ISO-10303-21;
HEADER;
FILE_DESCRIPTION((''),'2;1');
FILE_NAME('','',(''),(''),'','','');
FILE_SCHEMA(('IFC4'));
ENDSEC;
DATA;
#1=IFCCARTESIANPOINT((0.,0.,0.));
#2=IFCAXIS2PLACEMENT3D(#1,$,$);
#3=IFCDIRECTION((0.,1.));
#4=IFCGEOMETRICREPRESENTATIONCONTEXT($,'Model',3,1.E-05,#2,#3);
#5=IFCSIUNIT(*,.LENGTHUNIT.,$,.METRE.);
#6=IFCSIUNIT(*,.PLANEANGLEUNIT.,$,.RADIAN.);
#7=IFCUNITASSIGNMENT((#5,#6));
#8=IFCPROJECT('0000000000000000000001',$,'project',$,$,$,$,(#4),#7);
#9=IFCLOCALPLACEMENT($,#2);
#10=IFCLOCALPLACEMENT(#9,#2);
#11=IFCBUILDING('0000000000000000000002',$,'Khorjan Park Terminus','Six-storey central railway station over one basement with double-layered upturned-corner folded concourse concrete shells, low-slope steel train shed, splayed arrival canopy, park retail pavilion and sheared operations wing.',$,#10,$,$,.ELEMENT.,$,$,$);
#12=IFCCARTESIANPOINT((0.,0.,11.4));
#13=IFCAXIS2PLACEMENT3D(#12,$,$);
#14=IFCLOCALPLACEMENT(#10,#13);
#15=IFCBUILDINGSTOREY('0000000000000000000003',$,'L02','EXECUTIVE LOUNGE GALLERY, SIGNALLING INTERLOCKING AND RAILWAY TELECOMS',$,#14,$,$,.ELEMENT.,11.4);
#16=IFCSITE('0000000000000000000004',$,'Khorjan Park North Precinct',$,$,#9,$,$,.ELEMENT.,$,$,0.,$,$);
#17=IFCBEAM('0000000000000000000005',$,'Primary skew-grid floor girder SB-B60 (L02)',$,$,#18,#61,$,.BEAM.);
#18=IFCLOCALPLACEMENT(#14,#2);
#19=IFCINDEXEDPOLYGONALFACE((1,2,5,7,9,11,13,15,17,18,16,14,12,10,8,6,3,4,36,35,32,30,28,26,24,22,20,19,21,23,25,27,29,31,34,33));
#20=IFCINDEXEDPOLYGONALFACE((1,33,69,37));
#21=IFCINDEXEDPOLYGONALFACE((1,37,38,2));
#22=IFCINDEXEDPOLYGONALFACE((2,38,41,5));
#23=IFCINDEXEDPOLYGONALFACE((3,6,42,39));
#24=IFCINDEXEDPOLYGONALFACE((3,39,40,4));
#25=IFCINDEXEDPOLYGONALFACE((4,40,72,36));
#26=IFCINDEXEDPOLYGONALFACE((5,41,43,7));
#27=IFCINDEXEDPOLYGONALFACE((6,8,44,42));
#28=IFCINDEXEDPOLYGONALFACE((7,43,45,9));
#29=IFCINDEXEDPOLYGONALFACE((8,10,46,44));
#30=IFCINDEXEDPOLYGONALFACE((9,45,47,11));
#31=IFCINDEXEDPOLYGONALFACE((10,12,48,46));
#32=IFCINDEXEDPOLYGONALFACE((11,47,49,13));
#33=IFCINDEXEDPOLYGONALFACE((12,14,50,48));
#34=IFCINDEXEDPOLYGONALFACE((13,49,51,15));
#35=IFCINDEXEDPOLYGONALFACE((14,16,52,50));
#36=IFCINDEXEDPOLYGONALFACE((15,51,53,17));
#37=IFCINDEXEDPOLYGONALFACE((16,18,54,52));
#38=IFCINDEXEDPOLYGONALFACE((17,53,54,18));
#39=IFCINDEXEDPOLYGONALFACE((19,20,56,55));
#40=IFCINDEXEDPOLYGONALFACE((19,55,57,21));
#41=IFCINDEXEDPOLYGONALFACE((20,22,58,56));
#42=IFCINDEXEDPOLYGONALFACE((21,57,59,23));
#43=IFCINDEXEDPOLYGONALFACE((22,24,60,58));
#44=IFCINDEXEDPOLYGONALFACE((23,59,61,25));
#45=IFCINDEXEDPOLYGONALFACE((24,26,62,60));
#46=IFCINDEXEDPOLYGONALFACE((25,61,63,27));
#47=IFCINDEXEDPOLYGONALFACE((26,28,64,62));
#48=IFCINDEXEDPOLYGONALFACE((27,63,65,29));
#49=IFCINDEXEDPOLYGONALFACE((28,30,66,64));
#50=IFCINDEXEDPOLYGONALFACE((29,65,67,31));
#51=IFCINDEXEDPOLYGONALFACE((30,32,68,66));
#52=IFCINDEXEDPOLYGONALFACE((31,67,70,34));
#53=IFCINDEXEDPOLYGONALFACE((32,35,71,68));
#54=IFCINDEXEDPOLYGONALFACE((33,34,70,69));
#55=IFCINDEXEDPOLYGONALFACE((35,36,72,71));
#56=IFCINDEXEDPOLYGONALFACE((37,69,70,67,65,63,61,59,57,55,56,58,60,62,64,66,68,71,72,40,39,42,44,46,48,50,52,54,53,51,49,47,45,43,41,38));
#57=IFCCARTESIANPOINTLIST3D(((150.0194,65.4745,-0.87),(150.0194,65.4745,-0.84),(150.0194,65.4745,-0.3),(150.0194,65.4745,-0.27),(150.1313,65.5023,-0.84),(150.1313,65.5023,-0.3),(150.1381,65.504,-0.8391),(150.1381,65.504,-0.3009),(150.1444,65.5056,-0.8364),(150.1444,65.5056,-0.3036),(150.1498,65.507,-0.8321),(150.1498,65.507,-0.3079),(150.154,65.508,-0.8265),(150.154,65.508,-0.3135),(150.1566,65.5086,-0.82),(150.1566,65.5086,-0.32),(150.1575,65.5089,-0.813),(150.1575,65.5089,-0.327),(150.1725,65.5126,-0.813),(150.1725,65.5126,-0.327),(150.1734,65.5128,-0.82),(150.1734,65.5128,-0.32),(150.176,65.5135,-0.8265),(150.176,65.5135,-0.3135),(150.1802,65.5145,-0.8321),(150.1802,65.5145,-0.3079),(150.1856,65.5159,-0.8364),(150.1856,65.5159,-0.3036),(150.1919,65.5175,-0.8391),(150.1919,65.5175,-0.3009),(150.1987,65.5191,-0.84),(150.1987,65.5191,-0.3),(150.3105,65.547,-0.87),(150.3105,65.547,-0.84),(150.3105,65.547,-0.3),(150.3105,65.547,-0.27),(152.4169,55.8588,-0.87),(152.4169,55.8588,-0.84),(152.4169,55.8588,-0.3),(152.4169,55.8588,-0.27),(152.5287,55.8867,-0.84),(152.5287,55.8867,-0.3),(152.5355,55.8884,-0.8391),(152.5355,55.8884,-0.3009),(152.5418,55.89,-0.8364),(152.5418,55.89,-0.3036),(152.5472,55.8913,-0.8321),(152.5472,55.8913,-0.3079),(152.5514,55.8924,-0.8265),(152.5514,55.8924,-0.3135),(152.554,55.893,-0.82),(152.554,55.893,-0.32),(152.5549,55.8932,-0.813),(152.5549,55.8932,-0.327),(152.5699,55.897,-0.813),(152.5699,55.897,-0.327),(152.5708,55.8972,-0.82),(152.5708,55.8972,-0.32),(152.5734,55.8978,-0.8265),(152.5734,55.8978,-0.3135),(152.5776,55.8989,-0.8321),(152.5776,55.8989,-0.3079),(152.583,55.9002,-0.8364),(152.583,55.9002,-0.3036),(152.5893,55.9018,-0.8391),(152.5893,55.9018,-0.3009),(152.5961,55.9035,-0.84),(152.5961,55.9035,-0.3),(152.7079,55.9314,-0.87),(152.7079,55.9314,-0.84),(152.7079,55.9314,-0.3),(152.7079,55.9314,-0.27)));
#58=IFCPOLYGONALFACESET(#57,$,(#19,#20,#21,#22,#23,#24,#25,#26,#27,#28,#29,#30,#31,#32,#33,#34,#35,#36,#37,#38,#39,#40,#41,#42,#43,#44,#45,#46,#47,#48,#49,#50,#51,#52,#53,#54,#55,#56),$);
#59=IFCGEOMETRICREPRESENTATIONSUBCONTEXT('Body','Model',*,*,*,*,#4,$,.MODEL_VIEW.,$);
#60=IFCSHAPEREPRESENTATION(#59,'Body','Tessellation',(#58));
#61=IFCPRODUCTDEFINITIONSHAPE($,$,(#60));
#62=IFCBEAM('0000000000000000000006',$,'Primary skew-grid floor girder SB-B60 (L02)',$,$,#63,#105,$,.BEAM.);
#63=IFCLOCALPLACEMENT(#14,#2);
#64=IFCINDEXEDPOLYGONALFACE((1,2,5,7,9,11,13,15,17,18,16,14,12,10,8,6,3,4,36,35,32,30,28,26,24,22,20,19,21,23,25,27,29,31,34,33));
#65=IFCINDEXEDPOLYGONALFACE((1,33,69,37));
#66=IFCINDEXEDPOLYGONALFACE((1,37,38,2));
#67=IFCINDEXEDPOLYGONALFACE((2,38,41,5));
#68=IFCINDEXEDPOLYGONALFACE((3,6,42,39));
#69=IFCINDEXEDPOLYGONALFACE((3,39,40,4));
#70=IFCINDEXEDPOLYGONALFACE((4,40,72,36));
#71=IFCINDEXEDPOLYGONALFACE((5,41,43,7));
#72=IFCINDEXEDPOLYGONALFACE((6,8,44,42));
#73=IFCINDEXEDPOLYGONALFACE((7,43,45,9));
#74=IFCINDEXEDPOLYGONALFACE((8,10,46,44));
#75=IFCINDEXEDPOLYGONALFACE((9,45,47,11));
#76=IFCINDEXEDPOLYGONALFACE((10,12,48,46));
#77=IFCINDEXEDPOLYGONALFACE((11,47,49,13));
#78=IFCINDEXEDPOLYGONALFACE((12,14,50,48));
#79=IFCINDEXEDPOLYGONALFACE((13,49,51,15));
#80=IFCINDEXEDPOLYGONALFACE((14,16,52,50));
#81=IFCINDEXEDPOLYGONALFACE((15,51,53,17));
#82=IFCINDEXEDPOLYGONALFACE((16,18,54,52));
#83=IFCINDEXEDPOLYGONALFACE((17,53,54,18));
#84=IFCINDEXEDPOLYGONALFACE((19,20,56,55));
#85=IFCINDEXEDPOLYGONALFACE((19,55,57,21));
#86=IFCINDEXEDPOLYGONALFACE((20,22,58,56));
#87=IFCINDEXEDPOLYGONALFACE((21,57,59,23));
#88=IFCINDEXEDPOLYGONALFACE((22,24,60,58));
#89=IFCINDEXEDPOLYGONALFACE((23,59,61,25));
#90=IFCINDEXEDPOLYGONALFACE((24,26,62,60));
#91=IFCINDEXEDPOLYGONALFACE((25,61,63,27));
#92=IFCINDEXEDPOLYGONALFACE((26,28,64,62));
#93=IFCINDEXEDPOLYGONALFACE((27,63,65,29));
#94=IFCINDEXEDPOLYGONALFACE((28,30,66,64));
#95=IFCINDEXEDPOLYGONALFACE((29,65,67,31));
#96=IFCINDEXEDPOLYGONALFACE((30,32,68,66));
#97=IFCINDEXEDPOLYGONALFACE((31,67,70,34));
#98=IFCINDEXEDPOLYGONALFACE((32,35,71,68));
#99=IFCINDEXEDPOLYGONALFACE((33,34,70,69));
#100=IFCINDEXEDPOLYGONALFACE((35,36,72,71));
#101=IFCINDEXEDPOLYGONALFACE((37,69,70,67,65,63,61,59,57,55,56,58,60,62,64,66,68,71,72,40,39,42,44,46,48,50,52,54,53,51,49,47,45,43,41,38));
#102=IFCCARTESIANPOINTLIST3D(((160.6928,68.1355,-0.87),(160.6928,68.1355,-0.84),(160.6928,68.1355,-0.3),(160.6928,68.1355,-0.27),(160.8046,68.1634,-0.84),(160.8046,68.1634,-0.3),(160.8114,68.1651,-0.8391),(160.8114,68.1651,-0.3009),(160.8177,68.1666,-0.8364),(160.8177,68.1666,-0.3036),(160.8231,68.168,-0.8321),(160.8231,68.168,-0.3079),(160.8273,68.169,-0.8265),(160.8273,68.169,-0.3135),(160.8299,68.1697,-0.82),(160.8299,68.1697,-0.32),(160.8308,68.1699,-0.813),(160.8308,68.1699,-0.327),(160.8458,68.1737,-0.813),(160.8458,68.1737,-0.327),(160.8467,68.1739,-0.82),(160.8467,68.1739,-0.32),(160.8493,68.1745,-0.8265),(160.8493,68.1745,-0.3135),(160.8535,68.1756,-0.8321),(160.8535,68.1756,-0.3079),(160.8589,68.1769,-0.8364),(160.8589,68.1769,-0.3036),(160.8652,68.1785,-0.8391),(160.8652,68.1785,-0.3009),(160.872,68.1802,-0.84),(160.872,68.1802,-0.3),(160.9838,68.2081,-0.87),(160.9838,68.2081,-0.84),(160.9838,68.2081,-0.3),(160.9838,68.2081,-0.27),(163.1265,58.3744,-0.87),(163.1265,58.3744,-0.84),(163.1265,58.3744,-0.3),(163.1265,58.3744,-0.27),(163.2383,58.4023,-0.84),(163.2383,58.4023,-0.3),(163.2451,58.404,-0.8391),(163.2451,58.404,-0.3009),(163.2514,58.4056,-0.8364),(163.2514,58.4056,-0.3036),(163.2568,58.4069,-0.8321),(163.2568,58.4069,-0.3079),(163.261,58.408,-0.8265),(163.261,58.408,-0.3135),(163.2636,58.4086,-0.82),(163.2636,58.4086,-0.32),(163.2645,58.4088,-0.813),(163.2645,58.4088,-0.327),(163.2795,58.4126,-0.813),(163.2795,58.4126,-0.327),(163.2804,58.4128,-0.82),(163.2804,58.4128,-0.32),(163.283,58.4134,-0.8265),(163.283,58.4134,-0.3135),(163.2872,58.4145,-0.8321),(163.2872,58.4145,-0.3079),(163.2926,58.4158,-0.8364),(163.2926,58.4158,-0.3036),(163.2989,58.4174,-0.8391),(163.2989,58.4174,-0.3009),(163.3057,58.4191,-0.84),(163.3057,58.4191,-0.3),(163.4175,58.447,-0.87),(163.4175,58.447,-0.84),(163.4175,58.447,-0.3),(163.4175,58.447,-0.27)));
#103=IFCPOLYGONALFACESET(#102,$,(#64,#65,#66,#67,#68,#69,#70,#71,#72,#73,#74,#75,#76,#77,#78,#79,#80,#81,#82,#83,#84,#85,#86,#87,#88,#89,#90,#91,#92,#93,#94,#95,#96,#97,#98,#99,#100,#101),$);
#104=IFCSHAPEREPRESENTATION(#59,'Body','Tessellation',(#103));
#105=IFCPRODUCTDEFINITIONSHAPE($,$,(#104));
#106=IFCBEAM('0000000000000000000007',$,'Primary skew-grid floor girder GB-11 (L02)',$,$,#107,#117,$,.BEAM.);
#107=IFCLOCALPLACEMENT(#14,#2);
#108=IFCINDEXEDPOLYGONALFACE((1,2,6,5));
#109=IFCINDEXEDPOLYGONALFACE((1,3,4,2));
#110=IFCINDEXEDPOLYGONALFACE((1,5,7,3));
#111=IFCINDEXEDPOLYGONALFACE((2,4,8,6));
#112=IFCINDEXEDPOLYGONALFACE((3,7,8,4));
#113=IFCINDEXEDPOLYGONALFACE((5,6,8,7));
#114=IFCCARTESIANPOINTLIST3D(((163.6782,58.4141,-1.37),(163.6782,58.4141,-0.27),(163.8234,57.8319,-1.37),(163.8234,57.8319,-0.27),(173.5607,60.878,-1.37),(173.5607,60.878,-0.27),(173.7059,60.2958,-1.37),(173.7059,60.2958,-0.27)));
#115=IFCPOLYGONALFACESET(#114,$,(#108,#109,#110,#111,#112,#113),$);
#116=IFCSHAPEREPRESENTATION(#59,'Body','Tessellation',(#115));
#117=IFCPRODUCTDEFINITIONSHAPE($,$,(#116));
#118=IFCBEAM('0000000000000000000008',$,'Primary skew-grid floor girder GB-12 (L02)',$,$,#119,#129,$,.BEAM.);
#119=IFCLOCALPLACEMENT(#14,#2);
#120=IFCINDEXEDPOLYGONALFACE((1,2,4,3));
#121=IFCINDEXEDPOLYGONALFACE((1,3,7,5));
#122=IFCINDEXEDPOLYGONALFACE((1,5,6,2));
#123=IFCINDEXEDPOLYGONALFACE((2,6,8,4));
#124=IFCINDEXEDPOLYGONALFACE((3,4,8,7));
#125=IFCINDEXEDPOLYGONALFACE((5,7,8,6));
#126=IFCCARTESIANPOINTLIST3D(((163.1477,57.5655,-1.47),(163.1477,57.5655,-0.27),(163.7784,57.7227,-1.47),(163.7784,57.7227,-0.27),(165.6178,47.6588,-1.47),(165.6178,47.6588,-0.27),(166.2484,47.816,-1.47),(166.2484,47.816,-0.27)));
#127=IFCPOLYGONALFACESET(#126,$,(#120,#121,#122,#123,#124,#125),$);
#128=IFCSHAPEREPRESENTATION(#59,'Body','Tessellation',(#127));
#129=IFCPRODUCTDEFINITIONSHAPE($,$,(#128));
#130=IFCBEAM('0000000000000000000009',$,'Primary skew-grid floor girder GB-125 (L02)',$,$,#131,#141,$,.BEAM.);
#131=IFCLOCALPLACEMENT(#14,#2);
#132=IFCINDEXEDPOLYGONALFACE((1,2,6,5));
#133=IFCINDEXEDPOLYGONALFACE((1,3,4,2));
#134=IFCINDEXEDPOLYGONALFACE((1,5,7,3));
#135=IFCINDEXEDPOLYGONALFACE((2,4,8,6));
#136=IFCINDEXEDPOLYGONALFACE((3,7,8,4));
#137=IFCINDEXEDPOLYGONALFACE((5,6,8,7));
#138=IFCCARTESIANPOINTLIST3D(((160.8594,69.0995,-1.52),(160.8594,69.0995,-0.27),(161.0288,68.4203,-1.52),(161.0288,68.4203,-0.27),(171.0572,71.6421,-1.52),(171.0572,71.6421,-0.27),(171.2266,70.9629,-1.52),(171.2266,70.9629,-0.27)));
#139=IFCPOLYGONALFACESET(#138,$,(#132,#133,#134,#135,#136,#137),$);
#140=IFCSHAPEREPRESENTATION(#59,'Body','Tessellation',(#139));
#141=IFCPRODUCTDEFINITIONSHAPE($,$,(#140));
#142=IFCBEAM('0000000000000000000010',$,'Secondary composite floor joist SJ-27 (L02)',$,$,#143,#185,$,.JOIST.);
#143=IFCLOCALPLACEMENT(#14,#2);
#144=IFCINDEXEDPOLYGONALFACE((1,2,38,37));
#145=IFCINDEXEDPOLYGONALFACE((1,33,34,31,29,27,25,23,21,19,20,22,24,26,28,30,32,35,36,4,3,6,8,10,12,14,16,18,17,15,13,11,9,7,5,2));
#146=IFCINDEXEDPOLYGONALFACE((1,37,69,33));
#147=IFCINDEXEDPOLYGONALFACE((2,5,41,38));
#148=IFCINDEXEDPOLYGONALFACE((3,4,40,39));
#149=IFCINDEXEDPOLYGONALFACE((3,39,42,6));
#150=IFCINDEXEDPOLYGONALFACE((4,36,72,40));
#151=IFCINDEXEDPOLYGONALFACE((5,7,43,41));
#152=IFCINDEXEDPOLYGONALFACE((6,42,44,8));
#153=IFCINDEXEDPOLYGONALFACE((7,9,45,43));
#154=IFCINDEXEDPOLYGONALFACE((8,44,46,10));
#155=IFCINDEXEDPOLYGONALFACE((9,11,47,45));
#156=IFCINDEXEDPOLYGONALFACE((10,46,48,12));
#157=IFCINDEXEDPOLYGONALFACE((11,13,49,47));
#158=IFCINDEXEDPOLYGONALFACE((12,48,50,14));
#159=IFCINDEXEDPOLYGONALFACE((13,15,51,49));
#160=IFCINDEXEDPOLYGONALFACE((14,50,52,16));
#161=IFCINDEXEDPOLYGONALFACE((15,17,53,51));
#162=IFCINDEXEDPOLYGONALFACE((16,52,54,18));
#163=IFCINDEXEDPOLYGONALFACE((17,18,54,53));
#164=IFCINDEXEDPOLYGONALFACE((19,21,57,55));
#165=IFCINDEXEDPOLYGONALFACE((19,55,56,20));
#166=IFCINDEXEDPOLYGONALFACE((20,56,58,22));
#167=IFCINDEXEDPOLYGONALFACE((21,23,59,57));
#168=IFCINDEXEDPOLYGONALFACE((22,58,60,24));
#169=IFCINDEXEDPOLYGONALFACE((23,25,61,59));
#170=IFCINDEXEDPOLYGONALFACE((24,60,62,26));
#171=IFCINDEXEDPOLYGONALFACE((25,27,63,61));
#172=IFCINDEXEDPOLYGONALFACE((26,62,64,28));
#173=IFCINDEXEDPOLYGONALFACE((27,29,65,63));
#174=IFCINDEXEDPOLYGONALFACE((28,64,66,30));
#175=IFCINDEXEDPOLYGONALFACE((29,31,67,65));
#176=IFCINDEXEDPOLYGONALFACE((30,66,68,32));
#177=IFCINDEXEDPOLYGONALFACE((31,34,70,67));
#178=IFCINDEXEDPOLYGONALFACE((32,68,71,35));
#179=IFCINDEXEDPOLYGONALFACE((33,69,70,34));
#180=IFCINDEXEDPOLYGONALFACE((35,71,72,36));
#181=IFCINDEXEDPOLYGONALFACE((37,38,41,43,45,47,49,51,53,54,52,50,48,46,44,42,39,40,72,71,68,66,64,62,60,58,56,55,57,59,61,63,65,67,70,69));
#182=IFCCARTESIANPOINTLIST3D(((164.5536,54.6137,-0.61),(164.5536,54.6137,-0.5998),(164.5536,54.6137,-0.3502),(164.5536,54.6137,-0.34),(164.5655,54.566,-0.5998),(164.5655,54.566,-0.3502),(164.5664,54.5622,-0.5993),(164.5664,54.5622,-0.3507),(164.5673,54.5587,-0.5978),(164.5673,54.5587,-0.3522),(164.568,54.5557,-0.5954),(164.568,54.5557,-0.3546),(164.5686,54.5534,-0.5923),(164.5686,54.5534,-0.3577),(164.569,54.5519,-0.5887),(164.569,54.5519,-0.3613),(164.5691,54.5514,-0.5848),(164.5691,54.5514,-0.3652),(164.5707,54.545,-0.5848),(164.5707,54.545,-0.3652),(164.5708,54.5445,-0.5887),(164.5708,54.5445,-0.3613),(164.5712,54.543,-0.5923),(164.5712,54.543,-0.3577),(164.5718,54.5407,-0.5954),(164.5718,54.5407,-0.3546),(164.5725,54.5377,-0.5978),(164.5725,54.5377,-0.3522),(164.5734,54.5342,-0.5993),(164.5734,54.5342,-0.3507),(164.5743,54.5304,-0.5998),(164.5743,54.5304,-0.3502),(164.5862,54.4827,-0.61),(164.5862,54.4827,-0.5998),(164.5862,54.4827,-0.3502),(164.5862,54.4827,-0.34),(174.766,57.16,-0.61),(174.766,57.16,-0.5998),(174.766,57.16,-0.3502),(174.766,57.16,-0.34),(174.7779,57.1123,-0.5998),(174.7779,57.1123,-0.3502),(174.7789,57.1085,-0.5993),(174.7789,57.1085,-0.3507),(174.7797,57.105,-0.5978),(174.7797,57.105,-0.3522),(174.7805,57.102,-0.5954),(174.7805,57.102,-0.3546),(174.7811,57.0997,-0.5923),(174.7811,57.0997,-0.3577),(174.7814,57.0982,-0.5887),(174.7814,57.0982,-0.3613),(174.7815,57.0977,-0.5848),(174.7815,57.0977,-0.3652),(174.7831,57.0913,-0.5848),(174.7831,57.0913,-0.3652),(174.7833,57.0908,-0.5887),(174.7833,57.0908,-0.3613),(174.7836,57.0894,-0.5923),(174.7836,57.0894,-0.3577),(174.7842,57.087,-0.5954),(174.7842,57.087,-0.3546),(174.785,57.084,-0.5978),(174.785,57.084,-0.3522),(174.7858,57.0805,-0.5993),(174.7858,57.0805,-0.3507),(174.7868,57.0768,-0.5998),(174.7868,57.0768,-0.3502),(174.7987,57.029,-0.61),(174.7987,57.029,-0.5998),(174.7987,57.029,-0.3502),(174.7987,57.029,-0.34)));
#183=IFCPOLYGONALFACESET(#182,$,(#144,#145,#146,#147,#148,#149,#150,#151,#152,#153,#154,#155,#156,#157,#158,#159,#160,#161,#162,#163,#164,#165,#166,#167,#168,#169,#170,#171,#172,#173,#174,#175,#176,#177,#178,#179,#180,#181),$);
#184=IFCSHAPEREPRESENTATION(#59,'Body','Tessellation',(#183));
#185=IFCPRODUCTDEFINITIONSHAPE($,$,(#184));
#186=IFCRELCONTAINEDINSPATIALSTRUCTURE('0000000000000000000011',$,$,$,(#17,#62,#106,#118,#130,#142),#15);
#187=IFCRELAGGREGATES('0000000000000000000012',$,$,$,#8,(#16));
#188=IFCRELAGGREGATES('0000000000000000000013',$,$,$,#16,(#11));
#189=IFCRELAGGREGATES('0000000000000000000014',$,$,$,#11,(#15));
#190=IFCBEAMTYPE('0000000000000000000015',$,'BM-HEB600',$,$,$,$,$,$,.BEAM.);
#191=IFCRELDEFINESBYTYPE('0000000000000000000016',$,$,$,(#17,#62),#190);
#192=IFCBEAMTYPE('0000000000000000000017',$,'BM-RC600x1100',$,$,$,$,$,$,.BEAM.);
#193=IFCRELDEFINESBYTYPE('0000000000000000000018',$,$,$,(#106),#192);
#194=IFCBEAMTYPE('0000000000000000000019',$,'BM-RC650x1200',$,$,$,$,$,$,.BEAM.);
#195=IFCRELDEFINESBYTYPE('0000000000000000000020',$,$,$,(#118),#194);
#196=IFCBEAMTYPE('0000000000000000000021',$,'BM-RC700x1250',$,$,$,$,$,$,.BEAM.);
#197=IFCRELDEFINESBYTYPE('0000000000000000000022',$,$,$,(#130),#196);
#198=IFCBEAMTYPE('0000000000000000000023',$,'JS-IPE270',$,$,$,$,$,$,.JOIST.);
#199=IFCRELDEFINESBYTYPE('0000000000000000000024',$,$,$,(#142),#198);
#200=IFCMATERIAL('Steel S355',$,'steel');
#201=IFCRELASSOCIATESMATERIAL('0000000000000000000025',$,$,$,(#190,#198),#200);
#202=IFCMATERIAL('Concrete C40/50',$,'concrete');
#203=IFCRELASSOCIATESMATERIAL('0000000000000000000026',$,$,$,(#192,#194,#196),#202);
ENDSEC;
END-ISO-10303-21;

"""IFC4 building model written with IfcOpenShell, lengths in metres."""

from ifc_helpers import new_model, si_unit, direction, frame, origin, origin_2d, place, context, subcontext, project, spatial, rectangle, i_section, extrude, material, material_profile, profile_set, type_object, element, save


model = new_model("IFC4")

# Units and contexts
model_context = context("Model", 3, precision=1e-05, world=origin(), true_north=direction((0.0, 1.0)))
body_context = subcontext(model_context, "Body", "Model", "MODEL_VIEW")
ifc_project = project(units=[si_unit("LENGTHUNIT", "METRE"), si_unit("PLANEANGLEUNIT", "RADIAN")], contexts=[model_context])

# Site, building, storey
site_placement = place(None, origin())
site = spatial("IfcSite", under=ifc_project, at=site_placement, Name="Khorjan Park North Precinct", CompositionType="ELEMENT", RefElevation=0.0)
building_placement = place(site_placement, origin())
building = spatial("IfcBuilding", under=site, at=building_placement, Name="Khorjan Park Terminus", Description="Six-storey central railway station over one basement with double-layered upturned-corner folded concourse concrete shells, low-slope steel train shed, splayed arrival canopy, park retail pavilion and sheared operations wing.", CompositionType="ELEMENT")
storey_placement = place(building_placement, frame((0.0, 0.0, 11.4)))
storey = spatial("IfcBuildingStorey", under=building, at=storey_placement, Name="L02", Description="EXECUTIVE LOUNGE GALLERY, SIGNALLING INTERLOCKING AND RAILWAY TELECOMS", CompositionType="ELEMENT", Elevation=11.4)

# Beams
ifc_material_1 = material(Name="Steel S355", Category="steel")
ifc_material_profile_1 = material_profile(ifc_material_1, i_section(OverallWidth=0.3, OverallDepth=0.6, WebThickness=0.0155, FlangeThickness=0.03, FilletRadius=0.027, at=origin_2d()), Name="HEB 600")
ifc_profile_set_1 = profile_set([ifc_material_profile_1], Name="Steel S355")
beam_type_1 = type_object("IfcBeamType", Name="BM-HEB600", PredefinedType="BEAM", material=ifc_profile_set_1)
beam_1_placement = place(storey_placement, frame((152.5624, 55.8951, -0.57), z_axis=(-0.241918, 0.970297, 0.0), x_axis=(-0.970297, -0.241918, 0.0)))
element("IfcBeam", 1, at=beam_1_placement, inside=storey, type_object=beam_type_1, Name="Primary skew-grid floor girder SB-B60 (L02)", PredefinedType="BEAM", context=body_context, shape_type="SweptSolid", body=[
    extrude(i_section(OverallWidth=0.3, OverallDepth=0.6, WebThickness=0.0155, FlangeThickness=0.03, FilletRadius=0.027, at=origin_2d()), origin(), (0.0, 0.0, 1.0), 9.91),
])
beam_2_placement = place(storey_placement, frame((163.272, 58.4107, -0.57), z_axis=(-0.24192, 0.970296, 0.0), x_axis=(-0.970296, -0.24192, 0.0)))
element("IfcBeam", 2, at=beam_2_placement, inside=storey, type_object=beam_type_1, Name="Primary skew-grid floor girder SB-B60 (L02)", PredefinedType="BEAM", context=body_context, shape_type="SweptSolid", body=[
    extrude(i_section(OverallWidth=0.3, OverallDepth=0.6, WebThickness=0.0155, FlangeThickness=0.03, FilletRadius=0.027, at=origin_2d()), origin(), (0.0, 0.0, 1.0), 10.0599),
])
ifc_material_2 = material(Name="Concrete C40/50", Category="concrete")
ifc_material_profile_2 = material_profile(ifc_material_2, rectangle(XDim=0.6, YDim=1.1, at=origin_2d()), Name="RC 600x1100")
ifc_profile_set_2 = profile_set([ifc_material_profile_2], Name="Concrete C40/50")
beam_type_2 = type_object("IfcBeamType", Name="BM-RC600x1100", PredefinedType="BEAM", material=ifc_profile_set_2)
beam_3_placement = place(storey_placement, frame((163.7508, 58.123, -0.82), z_axis=(0.970298, 0.241914, 0.0), x_axis=(-0.241914, 0.970298, 0.0)))
element("IfcBeam", 3, at=beam_3_placement, inside=storey, type_object=beam_type_2, Name="Primary skew-grid floor girder GB-11 (L02)", PredefinedType="BEAM", context=body_context, shape_type="SweptSolid", body=[
    extrude(rectangle(XDim=0.6, YDim=1.1, at=origin_2d()), origin(), (0.0, 0.0, 1.0), 10.185),
])
ifc_material_profile_3 = material_profile(ifc_material_2, rectangle(XDim=0.65, YDim=1.2, at=origin_2d()), Name="RC 650x1200")
ifc_profile_set_3 = profile_set([ifc_material_profile_3], Name="Concrete C40/50")
beam_type_3 = type_object("IfcBeamType", Name="BM-RC650x1200", PredefinedType="BEAM", material=ifc_profile_set_3)
beam_4_placement = place(storey_placement, frame((165.9331, 47.7374, -0.87), z_axis=(-0.24192, 0.970296, 0.0), x_axis=(-0.970296, -0.24192, 0.0)))
element("IfcBeam", 4, at=beam_4_placement, inside=storey, type_object=beam_type_3, Name="Primary skew-grid floor girder GB-12 (L02)", PredefinedType="BEAM", context=body_context, shape_type="SweptSolid", body=[
    extrude(rectangle(XDim=0.65, YDim=1.2, at=origin_2d()), origin(), (0.0, 0.0, 1.0), 10.21),
])
ifc_material_profile_4 = material_profile(ifc_material_2, rectangle(XDim=0.7, YDim=1.25, at=origin_2d()), Name="RC 700x1250")
ifc_profile_set_4 = profile_set([ifc_material_profile_4], Name="Concrete C40/50")
beam_type_4 = type_object("IfcBeamType", Name="BM-RC700x1250", PredefinedType="BEAM", material=ifc_profile_set_4)
beam_5_placement = place(storey_placement, frame((160.9441, 68.7599, -0.895), z_axis=(0.970296, 0.241922, 0.0), x_axis=(-0.241922, 0.970296, 0.0)))
element("IfcBeam", 5, at=beam_5_placement, inside=storey, type_object=beam_type_4, Name="Primary skew-grid floor girder GB-125 (L02)", PredefinedType="BEAM", context=body_context, shape_type="SweptSolid", body=[
    extrude(rectangle(XDim=0.7, YDim=1.25, at=origin_2d()), origin(), (0.0, 0.0, 1.0), 10.51),
])
ifc_material_profile_5 = material_profile(ifc_material_1, i_section(OverallWidth=0.135, OverallDepth=0.27, WebThickness=0.0066, FlangeThickness=0.0102, FilletRadius=0.015, at=origin_2d()), Name="IPE 270")
ifc_profile_set_5 = profile_set([ifc_material_profile_5], Name="Steel S355")
beam_type_5 = type_object("IfcBeamType", Name="JS-IPE270", PredefinedType="JOIST", material=ifc_profile_set_5)
beam_6_placement = place(storey_placement, frame((164.5699, 54.5482, -0.475), z_axis=(0.970294, 0.241928, 0.0), x_axis=(-0.241928, 0.970294, 0.0)))
element("IfcBeam", 6, at=beam_6_placement, inside=storey, type_object=beam_type_5, Name="Secondary composite floor joist SJ-27 (L02)", PredefinedType="JOIST", context=body_context, shape_type="SweptSolid", body=[
    extrude(i_section(OverallWidth=0.135, OverallDepth=0.27, WebThickness=0.0066, FlangeThickness=0.0102, FilletRadius=0.015, at=origin_2d()), origin(), (0.0, 0.0, 1.0), 10.5251),
])

save(model, "model.ifc")
